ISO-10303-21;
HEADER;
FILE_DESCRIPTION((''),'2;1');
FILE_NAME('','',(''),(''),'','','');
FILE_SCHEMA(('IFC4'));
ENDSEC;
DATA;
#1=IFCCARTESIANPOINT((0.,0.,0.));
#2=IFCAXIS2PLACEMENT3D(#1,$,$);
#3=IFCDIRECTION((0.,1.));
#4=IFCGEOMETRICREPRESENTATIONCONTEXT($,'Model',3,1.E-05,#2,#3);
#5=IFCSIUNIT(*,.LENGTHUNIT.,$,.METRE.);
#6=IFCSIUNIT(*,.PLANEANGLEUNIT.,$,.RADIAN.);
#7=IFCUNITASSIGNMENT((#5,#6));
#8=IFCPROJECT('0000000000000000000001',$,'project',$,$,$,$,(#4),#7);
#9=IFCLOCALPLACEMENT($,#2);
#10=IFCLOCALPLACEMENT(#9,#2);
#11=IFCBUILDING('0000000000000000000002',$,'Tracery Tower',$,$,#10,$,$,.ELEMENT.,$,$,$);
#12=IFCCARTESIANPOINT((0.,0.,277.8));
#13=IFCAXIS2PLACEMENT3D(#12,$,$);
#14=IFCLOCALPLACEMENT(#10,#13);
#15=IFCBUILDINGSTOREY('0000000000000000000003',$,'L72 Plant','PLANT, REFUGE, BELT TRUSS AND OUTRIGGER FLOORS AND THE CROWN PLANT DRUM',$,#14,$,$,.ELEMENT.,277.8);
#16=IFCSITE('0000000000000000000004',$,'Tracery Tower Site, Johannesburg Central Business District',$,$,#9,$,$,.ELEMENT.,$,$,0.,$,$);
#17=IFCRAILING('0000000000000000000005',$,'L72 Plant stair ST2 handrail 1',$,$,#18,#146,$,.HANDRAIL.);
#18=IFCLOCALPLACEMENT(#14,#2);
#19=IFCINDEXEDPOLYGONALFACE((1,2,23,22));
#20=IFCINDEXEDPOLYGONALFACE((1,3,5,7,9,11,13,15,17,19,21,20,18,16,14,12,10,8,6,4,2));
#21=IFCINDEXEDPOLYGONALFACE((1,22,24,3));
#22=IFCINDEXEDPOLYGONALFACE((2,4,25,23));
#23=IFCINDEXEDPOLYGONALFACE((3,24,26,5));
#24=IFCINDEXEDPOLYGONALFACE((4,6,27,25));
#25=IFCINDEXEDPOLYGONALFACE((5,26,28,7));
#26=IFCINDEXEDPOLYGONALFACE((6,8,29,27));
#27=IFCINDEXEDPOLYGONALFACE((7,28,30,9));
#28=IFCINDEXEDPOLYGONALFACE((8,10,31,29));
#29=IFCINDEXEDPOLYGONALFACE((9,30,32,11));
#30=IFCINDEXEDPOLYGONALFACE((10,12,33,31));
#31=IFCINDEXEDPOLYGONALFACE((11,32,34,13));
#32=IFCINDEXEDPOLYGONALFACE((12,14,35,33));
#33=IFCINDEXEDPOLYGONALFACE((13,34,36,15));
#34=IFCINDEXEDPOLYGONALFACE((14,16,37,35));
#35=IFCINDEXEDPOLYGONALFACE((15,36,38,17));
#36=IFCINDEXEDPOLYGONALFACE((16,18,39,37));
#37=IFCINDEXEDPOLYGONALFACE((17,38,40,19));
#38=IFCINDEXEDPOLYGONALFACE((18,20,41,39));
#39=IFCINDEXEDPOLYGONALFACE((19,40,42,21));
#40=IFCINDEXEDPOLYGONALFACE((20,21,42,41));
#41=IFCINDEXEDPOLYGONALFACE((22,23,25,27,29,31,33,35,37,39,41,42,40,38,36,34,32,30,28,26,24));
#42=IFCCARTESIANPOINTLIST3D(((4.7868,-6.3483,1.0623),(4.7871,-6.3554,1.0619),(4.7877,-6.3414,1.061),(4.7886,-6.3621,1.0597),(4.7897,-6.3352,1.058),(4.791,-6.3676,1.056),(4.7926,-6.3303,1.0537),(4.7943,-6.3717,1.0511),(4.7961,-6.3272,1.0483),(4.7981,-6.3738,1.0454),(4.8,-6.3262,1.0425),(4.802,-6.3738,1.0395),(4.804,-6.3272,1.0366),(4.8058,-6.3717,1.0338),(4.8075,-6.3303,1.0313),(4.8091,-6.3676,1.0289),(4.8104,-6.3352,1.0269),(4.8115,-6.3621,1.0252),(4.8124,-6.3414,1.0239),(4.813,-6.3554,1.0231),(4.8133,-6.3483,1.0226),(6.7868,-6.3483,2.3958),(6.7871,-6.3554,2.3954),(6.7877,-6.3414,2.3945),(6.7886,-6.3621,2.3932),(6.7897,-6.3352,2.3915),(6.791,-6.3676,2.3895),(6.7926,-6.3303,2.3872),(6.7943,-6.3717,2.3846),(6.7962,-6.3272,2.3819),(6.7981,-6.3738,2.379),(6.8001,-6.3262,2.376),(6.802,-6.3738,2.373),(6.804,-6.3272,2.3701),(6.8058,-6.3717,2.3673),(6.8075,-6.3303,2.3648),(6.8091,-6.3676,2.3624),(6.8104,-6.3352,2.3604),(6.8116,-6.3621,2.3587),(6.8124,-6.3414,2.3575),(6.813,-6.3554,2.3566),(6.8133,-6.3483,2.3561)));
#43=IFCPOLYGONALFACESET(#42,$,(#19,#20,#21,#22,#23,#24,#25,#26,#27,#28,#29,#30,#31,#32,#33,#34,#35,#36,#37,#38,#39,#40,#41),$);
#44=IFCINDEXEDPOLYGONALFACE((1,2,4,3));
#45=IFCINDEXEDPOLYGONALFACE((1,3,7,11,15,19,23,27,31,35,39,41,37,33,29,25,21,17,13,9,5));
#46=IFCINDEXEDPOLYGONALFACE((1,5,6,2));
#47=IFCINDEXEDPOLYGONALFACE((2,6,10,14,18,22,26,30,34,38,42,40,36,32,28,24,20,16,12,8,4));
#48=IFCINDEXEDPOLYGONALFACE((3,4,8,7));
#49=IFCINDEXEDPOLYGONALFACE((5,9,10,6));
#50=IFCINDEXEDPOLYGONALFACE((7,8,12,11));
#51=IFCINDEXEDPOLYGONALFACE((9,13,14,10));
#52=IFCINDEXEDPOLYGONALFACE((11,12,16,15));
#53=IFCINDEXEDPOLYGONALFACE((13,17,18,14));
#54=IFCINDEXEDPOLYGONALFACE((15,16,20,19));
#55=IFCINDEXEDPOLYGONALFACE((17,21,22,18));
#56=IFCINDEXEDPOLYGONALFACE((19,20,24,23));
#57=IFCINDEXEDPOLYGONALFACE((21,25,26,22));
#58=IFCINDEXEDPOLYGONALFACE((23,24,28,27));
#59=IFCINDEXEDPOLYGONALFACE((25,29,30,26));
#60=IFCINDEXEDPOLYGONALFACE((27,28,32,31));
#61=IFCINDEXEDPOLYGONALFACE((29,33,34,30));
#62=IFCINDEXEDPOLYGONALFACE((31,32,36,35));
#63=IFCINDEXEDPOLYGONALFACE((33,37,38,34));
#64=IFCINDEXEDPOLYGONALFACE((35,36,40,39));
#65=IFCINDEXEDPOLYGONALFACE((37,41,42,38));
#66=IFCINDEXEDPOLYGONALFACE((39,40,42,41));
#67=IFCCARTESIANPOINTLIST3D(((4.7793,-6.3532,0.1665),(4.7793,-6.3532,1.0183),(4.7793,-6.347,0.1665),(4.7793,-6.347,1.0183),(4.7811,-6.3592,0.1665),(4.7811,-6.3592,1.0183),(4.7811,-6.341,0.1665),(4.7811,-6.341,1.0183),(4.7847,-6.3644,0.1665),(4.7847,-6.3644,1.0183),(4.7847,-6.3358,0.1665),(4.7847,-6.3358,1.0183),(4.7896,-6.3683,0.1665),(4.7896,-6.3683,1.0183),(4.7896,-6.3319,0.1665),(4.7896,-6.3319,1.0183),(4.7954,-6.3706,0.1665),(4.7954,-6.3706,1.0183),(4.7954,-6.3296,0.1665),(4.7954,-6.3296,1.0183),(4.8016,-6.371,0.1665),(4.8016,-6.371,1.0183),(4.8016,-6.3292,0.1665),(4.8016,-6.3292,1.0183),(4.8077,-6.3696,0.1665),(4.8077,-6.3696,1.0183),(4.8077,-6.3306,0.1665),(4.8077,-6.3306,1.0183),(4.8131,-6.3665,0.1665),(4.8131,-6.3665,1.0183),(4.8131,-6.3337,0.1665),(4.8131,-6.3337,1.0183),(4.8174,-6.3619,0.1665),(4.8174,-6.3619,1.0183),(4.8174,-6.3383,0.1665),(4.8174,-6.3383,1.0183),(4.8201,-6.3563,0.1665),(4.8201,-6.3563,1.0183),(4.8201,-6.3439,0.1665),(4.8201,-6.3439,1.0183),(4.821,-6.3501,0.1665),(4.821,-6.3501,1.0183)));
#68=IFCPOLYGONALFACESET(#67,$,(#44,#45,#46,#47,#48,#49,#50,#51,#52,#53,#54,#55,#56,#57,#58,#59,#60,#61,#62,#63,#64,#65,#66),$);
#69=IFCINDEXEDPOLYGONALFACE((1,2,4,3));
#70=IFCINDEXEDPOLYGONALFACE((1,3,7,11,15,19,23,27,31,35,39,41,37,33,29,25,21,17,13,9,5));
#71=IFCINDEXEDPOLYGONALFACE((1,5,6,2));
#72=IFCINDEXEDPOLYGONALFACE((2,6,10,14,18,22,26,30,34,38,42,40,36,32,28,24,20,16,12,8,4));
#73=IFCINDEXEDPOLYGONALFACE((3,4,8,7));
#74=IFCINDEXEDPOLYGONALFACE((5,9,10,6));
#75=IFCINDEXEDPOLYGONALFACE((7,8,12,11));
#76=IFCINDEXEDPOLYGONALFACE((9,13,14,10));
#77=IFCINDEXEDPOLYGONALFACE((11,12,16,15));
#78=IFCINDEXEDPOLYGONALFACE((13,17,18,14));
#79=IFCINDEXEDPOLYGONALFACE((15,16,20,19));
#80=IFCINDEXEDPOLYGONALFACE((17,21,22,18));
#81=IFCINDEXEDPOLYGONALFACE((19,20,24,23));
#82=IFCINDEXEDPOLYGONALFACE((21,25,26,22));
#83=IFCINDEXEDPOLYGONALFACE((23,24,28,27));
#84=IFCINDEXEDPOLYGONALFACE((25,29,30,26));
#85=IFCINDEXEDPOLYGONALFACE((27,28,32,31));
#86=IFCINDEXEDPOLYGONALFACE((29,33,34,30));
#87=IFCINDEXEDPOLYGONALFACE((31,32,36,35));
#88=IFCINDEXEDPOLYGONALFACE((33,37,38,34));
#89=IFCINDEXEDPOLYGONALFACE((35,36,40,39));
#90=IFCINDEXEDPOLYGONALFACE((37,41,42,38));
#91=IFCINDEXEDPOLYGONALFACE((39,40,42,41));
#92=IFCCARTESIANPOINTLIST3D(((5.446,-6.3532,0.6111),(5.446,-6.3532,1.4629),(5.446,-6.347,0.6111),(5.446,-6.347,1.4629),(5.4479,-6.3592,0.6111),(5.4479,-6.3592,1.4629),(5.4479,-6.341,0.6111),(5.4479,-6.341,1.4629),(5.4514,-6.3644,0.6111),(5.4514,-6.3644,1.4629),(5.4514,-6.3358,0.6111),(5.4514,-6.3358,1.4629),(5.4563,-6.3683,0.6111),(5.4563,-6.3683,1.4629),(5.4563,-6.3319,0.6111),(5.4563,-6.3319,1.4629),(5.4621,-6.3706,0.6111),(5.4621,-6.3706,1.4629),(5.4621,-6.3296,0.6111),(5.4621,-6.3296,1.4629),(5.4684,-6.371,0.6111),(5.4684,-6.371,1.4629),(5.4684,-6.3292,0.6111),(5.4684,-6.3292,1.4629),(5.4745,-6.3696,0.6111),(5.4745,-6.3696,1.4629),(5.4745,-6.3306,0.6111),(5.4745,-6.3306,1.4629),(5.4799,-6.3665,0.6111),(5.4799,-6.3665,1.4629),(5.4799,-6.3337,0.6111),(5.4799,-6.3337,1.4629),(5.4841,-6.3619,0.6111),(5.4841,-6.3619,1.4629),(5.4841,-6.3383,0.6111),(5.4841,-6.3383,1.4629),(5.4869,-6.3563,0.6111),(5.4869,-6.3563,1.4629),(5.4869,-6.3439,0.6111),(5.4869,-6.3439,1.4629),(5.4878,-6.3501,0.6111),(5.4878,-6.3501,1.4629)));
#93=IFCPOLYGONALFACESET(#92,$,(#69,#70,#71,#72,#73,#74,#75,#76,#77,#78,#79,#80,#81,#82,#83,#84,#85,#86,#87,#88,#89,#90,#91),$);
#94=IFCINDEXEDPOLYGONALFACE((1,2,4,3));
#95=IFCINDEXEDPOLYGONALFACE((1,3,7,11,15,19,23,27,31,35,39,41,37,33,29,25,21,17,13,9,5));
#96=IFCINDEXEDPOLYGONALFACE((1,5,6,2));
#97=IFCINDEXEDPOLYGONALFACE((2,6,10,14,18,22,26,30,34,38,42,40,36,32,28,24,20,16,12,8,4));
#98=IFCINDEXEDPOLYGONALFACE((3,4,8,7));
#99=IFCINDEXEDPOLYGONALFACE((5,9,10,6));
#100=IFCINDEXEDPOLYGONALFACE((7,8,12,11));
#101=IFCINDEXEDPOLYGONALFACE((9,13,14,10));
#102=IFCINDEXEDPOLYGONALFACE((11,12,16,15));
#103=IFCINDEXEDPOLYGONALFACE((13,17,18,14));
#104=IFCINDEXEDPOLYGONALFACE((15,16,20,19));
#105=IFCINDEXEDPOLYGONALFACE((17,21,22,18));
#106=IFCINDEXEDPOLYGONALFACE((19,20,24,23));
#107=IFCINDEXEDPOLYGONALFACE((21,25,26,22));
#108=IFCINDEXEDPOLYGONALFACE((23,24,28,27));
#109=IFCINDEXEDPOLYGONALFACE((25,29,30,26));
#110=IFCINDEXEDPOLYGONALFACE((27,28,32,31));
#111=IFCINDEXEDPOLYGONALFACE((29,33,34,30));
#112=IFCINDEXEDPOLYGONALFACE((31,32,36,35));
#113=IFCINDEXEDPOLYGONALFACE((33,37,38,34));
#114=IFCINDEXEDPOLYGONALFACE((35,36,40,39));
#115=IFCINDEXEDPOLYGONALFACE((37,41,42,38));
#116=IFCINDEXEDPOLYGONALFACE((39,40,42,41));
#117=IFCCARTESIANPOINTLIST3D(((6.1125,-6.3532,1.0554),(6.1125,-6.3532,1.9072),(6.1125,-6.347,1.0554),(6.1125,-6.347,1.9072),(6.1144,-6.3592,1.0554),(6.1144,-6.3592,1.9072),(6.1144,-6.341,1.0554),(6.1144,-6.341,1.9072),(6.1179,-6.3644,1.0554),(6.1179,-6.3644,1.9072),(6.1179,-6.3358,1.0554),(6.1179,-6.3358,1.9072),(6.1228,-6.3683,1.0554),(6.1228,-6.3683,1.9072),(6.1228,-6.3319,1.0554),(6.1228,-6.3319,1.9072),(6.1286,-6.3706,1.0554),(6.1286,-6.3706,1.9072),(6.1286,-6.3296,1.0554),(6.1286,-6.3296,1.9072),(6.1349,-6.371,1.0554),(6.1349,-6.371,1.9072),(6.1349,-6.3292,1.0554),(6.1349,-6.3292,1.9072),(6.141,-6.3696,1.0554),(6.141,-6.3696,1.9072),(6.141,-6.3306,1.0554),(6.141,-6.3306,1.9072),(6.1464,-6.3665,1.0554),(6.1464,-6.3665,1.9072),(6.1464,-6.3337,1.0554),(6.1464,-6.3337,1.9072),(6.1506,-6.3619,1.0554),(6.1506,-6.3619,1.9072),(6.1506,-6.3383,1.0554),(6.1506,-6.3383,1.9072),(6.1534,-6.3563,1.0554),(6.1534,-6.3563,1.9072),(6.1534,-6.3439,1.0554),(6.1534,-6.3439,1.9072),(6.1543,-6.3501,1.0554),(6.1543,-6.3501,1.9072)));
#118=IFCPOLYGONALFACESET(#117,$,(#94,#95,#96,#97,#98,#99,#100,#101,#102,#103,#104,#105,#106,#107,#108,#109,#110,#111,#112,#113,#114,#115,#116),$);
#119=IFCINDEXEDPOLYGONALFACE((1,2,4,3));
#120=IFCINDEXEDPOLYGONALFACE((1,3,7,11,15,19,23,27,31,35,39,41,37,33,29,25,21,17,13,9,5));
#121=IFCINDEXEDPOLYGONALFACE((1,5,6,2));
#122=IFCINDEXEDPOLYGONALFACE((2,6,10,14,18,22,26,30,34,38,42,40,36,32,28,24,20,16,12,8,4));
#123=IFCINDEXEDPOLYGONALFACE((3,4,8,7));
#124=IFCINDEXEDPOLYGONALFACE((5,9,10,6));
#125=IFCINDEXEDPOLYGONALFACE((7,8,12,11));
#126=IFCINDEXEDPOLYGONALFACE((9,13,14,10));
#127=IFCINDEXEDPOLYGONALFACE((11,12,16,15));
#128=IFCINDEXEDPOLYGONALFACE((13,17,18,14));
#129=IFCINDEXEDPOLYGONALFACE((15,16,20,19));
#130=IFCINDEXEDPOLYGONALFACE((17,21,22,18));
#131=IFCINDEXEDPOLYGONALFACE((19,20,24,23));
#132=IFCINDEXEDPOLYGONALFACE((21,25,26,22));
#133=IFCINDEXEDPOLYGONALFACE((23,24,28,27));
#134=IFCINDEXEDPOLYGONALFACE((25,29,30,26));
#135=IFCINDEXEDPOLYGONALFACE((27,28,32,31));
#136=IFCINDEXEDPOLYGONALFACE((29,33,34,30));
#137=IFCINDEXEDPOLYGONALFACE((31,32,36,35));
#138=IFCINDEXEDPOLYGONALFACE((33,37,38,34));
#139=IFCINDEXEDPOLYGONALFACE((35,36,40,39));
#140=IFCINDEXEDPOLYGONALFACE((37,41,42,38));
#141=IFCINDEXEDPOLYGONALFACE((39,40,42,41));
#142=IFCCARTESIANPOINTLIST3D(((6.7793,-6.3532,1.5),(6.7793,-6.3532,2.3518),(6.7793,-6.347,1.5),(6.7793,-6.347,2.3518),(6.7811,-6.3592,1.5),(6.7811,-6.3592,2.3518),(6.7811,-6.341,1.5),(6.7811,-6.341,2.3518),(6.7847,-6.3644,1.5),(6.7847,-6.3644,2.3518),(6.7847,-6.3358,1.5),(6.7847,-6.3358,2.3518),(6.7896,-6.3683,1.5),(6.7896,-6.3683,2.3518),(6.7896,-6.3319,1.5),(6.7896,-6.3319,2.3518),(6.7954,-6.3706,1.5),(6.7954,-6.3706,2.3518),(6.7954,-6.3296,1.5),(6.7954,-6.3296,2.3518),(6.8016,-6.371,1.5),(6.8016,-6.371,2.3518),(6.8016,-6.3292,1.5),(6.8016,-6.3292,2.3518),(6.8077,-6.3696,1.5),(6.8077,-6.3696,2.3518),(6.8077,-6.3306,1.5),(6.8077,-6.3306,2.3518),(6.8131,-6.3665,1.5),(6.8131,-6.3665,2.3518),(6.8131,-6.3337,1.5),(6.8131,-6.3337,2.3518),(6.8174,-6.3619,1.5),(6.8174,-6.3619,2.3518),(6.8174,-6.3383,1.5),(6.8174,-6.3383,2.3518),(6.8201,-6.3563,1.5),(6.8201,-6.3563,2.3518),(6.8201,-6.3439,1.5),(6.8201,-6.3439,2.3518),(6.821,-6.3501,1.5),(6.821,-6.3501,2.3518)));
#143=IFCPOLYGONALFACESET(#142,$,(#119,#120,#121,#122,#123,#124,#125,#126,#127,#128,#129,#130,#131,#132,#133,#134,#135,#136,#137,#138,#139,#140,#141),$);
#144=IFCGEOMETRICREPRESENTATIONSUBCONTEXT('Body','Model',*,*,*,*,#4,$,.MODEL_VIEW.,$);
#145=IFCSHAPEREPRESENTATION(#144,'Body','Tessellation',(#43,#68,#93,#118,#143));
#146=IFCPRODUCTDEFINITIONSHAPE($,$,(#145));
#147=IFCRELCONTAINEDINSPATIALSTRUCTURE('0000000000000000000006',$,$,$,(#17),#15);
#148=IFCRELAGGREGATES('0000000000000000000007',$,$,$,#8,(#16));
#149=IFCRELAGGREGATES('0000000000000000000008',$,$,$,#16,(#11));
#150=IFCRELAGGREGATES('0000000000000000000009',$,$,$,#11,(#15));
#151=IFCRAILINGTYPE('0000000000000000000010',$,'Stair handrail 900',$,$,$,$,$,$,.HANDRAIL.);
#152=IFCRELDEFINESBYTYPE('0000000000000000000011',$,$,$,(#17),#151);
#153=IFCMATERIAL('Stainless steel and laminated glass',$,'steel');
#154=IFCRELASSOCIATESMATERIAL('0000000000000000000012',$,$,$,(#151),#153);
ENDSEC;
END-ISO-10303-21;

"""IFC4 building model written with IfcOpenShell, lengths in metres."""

from ifc_helpers import new_model, si_unit, direction, frame, origin, origin_2d, place, context, subcontext, project, spatial, circle, extrude, material, type_object, element, save


model = new_model("IFC4")

# Units and contexts
model_context = context("Model", 3, precision=1e-05, world=origin(), true_north=direction((0.0, 1.0)))
body_context = subcontext(model_context, "Body", "Model", "MODEL_VIEW")
ifc_project = project(units=[si_unit("LENGTHUNIT", "METRE"), si_unit("PLANEANGLEUNIT", "RADIAN")], contexts=[model_context])

# Site, building, storey
site_placement = place(None, origin())
site = spatial("IfcSite", under=ifc_project, at=site_placement, Name="Tracery Tower Site, Johannesburg Central Business District", CompositionType="ELEMENT", RefElevation=0.0)
building_placement = place(site_placement, origin())
building = spatial("IfcBuilding", under=site, at=building_placement, Name="Tracery Tower", CompositionType="ELEMENT")
storey_placement = place(building_placement, frame((0.0, 0.0, 277.8)))
storey = spatial("IfcBuildingStorey", under=building, at=storey_placement, Name="L72 Plant", Description="PLANT, REFUGE, BELT TRUSS AND OUTRIGGER FLOORS AND THE CROWN PLANT DRUM", CompositionType="ELEMENT", Elevation=277.8)

# Railing
ifc_material_1 = material(Name="Stainless steel and laminated glass", Category="steel")
railing_type_1 = type_object("IfcRailingType", Name="Stair handrail 900", PredefinedType="HANDRAIL", material=ifc_material_1)
for number, where, name in (
    (1, (4.8, -6.3501, 0.1665), "L72 Plant stair ST2 handrail 1"),
):
    element("IfcRailing", number, at=place(storey_placement, frame(where)), inside=storey, type_object=railing_type_1, Name=name, PredefinedType="HANDRAIL", context=body_context, shape_type="SweptSolid", body=[
        extrude(circle(Radius=0.0239, at=origin_2d()), frame((0.0, 0.0, 0.876), z_axis=(0.832019, 0.0, 0.554747), x_axis=(0.0, 1.0, 0.0)), (0.0, 0.0, 1.0), 2.4038),
        extrude(circle(Radius=0.021, at=origin_2d()), origin(), (0.0, 0.0, 1.0), 0.8518),
        extrude(circle(Radius=0.021, at=origin_2d()), frame((0.6667, 0.0, 0.4446)), (0.0, 0.0, 1.0), 0.8518),
        extrude(circle(Radius=0.021, at=origin_2d()), frame((1.3333, 0.0, 0.8889)), (0.0, 0.0, 1.0), 0.8518),
        extrude(circle(Radius=0.021, at=origin_2d()), frame((2.0, 0.0, 1.3335)), (0.0, 0.0, 1.0), 0.8518),
    ])

save(model, "model.ifc")
